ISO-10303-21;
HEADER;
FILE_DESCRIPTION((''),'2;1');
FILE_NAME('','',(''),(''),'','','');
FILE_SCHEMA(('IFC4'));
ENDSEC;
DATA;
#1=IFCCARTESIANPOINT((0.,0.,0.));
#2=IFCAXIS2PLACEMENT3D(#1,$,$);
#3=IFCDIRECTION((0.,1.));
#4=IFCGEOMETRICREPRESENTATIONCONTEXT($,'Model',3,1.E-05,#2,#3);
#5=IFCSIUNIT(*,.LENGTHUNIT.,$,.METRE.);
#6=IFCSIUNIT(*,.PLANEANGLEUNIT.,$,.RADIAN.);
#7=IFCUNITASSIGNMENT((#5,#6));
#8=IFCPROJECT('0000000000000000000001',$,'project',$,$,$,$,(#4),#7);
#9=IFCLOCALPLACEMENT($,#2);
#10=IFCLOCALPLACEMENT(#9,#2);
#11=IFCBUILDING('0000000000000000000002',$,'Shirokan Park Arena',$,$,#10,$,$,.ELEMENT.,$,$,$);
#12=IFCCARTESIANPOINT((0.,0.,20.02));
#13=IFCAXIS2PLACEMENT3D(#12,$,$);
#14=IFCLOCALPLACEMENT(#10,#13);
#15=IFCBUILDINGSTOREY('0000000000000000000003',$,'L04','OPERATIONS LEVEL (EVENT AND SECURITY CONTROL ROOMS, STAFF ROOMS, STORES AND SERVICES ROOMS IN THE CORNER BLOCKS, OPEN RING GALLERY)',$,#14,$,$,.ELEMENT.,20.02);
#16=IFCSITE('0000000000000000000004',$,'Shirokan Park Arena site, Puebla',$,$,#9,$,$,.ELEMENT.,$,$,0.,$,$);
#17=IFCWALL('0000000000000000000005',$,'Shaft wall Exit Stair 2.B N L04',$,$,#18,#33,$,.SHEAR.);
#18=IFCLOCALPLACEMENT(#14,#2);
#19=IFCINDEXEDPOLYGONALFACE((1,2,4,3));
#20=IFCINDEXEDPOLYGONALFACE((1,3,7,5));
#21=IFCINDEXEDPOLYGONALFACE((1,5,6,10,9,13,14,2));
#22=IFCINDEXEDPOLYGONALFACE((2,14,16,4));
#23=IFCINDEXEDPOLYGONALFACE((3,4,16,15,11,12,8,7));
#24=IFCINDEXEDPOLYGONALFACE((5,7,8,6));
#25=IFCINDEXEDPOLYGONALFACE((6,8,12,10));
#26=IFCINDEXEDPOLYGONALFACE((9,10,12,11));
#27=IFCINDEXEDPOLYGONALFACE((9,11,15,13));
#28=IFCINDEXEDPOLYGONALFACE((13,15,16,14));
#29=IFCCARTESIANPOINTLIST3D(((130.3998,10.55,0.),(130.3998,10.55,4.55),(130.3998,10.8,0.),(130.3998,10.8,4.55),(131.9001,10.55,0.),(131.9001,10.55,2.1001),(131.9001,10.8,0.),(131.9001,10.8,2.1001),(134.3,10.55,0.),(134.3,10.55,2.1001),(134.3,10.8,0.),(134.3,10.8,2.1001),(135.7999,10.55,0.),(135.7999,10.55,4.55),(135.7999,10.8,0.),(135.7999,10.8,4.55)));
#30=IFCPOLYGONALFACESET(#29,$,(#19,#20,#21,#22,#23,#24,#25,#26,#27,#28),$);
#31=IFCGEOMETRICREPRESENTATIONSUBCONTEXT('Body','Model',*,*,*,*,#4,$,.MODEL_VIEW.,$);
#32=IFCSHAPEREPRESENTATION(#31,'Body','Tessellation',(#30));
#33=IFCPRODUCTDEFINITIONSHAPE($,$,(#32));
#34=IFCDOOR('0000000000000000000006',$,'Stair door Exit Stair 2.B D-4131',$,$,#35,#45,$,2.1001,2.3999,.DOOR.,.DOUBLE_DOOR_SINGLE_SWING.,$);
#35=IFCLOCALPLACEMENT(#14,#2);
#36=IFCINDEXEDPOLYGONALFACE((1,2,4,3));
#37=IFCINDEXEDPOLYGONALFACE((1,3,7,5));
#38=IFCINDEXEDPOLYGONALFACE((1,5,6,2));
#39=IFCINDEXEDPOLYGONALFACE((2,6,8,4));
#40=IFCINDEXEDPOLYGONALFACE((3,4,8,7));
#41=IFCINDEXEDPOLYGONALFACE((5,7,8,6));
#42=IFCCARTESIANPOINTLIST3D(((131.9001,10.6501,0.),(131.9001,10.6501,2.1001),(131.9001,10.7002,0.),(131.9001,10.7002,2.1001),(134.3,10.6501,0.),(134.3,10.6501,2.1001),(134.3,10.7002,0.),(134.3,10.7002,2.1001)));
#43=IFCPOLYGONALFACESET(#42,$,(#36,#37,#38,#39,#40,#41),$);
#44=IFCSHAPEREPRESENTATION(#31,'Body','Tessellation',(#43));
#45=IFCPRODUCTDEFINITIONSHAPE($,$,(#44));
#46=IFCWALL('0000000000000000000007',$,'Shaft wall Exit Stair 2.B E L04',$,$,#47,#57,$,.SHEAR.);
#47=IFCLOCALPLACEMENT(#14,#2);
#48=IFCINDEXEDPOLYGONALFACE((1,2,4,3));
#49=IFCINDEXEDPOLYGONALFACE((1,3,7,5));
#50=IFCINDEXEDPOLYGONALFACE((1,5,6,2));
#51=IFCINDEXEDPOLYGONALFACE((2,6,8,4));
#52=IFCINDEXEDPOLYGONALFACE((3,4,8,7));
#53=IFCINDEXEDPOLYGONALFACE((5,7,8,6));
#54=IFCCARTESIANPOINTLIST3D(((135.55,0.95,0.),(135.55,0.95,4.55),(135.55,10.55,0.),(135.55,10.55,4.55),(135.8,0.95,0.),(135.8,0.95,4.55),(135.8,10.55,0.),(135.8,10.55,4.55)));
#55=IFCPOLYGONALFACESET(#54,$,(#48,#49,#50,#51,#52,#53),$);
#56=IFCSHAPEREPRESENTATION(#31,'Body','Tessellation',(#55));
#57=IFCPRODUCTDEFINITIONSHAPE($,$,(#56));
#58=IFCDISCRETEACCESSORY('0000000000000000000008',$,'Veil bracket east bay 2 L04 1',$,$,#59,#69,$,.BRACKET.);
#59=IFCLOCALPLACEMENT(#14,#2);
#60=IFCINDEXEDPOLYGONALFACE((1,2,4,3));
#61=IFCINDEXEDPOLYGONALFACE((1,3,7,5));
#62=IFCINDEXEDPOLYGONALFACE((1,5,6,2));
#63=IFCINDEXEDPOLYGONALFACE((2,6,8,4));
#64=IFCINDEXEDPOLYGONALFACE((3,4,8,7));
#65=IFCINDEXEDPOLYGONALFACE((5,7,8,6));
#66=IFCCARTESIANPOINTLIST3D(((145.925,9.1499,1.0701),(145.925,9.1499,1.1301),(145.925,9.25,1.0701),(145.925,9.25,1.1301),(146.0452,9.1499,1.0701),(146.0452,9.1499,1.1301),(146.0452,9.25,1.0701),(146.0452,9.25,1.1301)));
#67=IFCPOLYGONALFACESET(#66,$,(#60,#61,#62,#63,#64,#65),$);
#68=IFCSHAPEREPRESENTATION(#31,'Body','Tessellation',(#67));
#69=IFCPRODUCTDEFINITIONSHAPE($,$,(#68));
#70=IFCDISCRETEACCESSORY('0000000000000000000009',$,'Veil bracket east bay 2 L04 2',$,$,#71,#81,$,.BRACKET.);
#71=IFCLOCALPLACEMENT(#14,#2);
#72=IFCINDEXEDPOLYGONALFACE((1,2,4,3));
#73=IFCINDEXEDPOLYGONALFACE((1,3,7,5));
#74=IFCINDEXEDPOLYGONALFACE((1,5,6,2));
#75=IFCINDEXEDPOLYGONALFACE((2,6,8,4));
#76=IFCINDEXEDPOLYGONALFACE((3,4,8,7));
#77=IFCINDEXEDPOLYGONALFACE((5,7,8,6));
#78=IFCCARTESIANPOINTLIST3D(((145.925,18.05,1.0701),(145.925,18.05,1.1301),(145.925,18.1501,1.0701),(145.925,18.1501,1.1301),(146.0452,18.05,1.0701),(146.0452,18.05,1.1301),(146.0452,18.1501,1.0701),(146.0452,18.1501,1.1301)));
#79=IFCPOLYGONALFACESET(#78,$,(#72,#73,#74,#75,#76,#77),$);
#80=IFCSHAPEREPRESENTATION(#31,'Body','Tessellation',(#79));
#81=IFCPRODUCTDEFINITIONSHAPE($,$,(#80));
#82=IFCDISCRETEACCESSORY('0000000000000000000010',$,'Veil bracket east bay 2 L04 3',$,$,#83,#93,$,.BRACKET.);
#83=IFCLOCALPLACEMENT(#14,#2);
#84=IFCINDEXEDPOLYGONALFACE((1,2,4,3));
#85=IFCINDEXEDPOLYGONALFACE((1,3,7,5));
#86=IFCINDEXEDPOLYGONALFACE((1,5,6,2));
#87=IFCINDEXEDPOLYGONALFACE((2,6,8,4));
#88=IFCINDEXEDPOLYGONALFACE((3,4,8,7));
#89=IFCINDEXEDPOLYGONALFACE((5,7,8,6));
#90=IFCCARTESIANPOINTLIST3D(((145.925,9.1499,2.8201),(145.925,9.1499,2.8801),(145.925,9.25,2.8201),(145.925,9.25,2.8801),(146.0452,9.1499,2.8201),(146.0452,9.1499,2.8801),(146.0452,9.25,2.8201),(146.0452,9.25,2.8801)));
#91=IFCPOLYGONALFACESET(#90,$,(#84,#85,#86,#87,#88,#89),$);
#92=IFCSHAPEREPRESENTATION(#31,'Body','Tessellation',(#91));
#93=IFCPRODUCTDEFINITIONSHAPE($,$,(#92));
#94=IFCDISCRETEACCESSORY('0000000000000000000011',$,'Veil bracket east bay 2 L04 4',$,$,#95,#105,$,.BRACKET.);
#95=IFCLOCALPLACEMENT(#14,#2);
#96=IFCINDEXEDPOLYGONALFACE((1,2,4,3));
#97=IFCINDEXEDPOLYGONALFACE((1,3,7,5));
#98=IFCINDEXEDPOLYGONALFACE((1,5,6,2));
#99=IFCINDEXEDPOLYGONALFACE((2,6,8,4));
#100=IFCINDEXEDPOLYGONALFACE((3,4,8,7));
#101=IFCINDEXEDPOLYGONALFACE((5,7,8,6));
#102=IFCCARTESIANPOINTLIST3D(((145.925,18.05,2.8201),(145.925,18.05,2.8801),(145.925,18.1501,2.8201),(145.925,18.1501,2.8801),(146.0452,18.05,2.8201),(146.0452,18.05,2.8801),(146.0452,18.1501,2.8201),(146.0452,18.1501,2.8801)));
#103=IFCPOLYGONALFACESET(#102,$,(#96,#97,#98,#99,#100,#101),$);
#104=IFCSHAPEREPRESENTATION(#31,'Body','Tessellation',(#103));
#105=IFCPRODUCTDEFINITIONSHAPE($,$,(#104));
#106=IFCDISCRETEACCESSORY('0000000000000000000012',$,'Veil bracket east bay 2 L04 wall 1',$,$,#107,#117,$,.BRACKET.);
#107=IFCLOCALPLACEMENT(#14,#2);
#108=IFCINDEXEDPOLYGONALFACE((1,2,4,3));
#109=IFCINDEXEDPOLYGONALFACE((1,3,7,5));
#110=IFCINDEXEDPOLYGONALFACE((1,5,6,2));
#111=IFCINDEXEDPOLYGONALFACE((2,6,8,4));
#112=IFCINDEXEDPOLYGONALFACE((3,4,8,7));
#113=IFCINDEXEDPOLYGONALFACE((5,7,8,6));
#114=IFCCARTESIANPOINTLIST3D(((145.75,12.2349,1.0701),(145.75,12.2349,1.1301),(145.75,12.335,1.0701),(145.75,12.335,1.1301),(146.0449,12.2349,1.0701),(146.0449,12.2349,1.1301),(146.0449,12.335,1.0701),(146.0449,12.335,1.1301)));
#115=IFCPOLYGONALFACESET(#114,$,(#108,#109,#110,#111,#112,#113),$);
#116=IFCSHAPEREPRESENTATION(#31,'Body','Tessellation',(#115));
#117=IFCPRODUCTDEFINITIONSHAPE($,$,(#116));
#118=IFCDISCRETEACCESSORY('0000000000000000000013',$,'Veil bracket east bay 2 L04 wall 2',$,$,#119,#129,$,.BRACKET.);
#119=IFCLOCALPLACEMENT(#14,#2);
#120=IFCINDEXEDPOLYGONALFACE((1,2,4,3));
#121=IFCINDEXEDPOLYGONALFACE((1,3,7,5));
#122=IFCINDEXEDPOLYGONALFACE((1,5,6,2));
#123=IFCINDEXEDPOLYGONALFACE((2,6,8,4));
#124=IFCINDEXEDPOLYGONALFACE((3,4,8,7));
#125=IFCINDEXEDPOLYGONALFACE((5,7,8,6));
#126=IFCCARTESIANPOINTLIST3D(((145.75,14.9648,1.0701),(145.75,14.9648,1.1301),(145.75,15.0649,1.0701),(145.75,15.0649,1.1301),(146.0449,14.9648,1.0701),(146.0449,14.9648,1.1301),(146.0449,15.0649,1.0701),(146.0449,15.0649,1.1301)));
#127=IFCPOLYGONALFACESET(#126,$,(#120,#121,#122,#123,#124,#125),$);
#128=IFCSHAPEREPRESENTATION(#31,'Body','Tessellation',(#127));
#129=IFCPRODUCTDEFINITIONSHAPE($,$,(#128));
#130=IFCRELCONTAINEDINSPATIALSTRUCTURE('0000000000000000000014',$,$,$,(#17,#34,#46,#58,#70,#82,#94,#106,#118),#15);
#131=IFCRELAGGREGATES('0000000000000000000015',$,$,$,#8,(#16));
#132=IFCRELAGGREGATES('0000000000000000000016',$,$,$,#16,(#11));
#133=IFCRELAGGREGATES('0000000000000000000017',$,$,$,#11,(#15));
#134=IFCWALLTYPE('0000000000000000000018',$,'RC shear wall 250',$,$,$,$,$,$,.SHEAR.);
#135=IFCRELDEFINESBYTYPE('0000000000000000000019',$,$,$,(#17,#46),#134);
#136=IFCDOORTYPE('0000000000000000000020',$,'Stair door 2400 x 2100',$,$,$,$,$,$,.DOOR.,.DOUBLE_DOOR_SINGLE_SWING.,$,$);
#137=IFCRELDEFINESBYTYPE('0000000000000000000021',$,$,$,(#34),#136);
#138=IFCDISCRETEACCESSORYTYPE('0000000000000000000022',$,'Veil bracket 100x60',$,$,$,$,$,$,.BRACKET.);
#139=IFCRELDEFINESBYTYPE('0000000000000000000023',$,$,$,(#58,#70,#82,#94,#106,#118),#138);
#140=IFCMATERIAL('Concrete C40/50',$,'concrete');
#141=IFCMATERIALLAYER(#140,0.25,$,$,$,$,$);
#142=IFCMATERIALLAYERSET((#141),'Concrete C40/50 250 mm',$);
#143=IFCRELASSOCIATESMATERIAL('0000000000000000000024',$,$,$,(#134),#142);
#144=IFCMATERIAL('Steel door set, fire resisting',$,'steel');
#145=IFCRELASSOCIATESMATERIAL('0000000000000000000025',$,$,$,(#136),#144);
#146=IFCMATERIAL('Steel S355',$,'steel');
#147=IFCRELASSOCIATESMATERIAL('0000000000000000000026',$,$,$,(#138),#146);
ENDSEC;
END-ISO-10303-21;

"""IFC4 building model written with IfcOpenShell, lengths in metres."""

from ifc_helpers import new_model, si_unit, direction, frame, frame_2d, origin, origin_2d, place, context, subcontext, project, spatial, rectangle, extrude, material, layer, layer_set, type_object, element, fill, save


model = new_model("IFC4")

# Units and contexts
model_context = context("Model", 3, precision=1e-05, world=origin(), true_north=direction((0.0, 1.0)))
body_context = subcontext(model_context, "Body", "Model", "MODEL_VIEW")
ifc_project = project(units=[si_unit("LENGTHUNIT", "METRE"), si_unit("PLANEANGLEUNIT", "RADIAN")], contexts=[model_context])

# Site, building, storey
site_placement = place(None, origin())
site = spatial("IfcSite", under=ifc_project, at=site_placement, Name="Shirokan Park Arena site, Puebla", CompositionType="ELEMENT", RefElevation=0.0)
building_placement = place(site_placement, origin())
building = spatial("IfcBuilding", under=site, at=building_placement, Name="Shirokan Park Arena", CompositionType="ELEMENT")
storey_placement = place(building_placement, frame((0.0, 0.0, 20.02)))
storey = spatial("IfcBuildingStorey", under=building, at=storey_placement, Name="L04", Description="OPERATIONS LEVEL (EVENT AND SECURITY CONTROL ROOMS, STAFF ROOMS, STORES AND SERVICES ROOMS IN THE CORNER BLOCKS, OPEN RING GALLERY)", CompositionType="ELEMENT", Elevation=20.02)

# Shared definitions
ifc_material_1 = material(Name="Concrete C40/50", Category="concrete")
ifc_layer_1 = layer(ifc_material_1, 0.25)
ifc_layer_set_1 = layer_set([ifc_layer_1], Name="Concrete C40/50 250 mm")
wall_type_1 = type_object("IfcWallType", Name="RC shear wall 250", PredefinedType="SHEAR", material=ifc_layer_set_1)
ifc_material_2 = material(Name="Steel door set, fire resisting", Category="steel")
door_type_1 = type_object("IfcDoorType", Name="Stair door 2400 x 2100", OperationType="DOUBLE_DOOR_SINGLE_SWING", PredefinedType="DOOR", material=ifc_material_2)

# Wall, opening, door
wall_1_placement = place(storey_placement, frame((135.8, 10.675, 0.0), z_axis=(0.0, 0.0, 1.0), x_axis=(-1.0, 0.0, 0.0)))
wall_1 = element("IfcWall", 1, at=wall_1_placement, inside=storey, type_object=wall_type_1, Name="Shaft wall Exit Stair 2.B N L04", PredefinedType="SHEAR", context=body_context, shape_type="SweptSolid", body=[
    extrude(rectangle(XDim=5.4001, YDim=0.25, at=frame_2d((2.7002, 0.0))), origin(), (0.0, 0.0, 1.0), 4.55),
])
opening_1_placement = place(wall_1_placement, frame((1.5, 0.0, 0.0)))
opening_1 = element("IfcOpeningElement", 2, at=opening_1_placement, cuts=wall_1, PredefinedType="OPENING", context=body_context, shape_type="SweptSolid", body=[
    extrude(rectangle(XDim=2.3999, YDim=2.1001, at=frame_2d((1.2, 1.05))), frame((0.0, 0.135, 0.0), z_axis=(0.0, -1.0, 0.0), x_axis=(1.0, 0.0, 0.0)), (0.0, 0.0, 1.0), 0.27),
])
door_1_placement = place(opening_1_placement, origin())
door_1 = element("IfcDoor", 3, at=door_1_placement, inside=storey, type_object=door_type_1, Name="Stair door Exit Stair 2.B D-4131", OperationType="DOUBLE_DOOR_SINGLE_SWING", OverallHeight=2.1001, OverallWidth=2.3999, PredefinedType="DOOR", context=body_context, shape_type="SweptSolid", body=[
    extrude(rectangle(XDim=2.3999, YDim=2.1001, at=frame_2d((1.2, 1.05))), frame((0.0, 0.0249, 0.0), z_axis=(0.0, -1.0, 0.0), x_axis=(1.0, 0.0, 0.0)), (0.0, 0.0, 1.0), 0.05),
])
fill(opening_1, door_1)

# Wall
wall_2_placement = place(storey_placement, frame((135.675, 10.55, 0.0), z_axis=(0.0, 0.0, 1.0), x_axis=(0.0, -1.0, 0.0)))
element("IfcWall", 4, at=wall_2_placement, inside=storey, type_object=wall_type_1, Name="Shaft wall Exit Stair 2.B E L04", PredefinedType="SHEAR", context=body_context, shape_type="SweptSolid", body=[
    extrude(rectangle(XDim=9.6001, YDim=0.25, at=frame_2d((4.8, 0.0))), origin(), (0.0, 0.0, 1.0), 4.55),
])

# Discrete accessories
ifc_material_3 = material(Name="Steel S355", Category="steel")
discrete_accessory_type = type_object("IfcDiscreteAccessoryType", Name="Veil bracket 100x60", PredefinedType="BRACKET", material=ifc_material_3)
for number, where, z_axis, x_axis, name in (
    (5, (145.9851, 9.2, 1.0701), (0.0, 0.0, 1.0), (0.0, 1.0, 0.0), "Veil bracket east bay 2 L04 1"),
    (6, (145.9851, 18.1001, 1.0701), (0.0, 0.0, 1.0), (0.0, 1.0, 0.0), "Veil bracket east bay 2 L04 2"),
    (7, (145.9851, 9.2, 2.8201), (0.0, 0.0, 1.0), (0.0, 1.0, 0.0), "Veil bracket east bay 2 L04 3"),
    (8, (145.9851, 18.1001, 2.8201), (0.0, 0.0, 1.0), (0.0, 1.0, 0.0), "Veil bracket east bay 2 L04 4"),
):
    element("IfcDiscreteAccessory", number, at=place(storey_placement, frame(where, z_axis=z_axis, x_axis=x_axis)), inside=storey, type_object=discrete_accessory_type, Name=name, PredefinedType="BRACKET", context=body_context, shape_type="SweptSolid", body=[
        extrude(rectangle(XDim=0.1001, YDim=0.1201, at=origin_2d()), origin(), (0.0, 0.0, 1.0), 0.0601),
    ])
for number, where, z_axis, x_axis, name in (
    (9, (145.8975, 12.2849, 1.0701), (0.0, 0.0, 1.0), (0.0, 1.0, 0.0), "Veil bracket east bay 2 L04 wall 1"),
    (10, (145.8975, 15.0149, 1.0701), (0.0, 0.0, 1.0), (0.0, 1.0, 0.0), "Veil bracket east bay 2 L04 wall 2"),
):
    element("IfcDiscreteAccessory", number, at=place(storey_placement, frame(where, z_axis=z_axis, x_axis=x_axis)), inside=storey, type_object=discrete_accessory_type, Name=name, PredefinedType="BRACKET", context=body_context, shape_type="SweptSolid", body=[
        extrude(rectangle(XDim=0.1001, YDim=0.2949, at=origin_2d()), origin(), (0.0, 0.0, 1.0), 0.0601),
    ])

save(model, "model.ifc")
